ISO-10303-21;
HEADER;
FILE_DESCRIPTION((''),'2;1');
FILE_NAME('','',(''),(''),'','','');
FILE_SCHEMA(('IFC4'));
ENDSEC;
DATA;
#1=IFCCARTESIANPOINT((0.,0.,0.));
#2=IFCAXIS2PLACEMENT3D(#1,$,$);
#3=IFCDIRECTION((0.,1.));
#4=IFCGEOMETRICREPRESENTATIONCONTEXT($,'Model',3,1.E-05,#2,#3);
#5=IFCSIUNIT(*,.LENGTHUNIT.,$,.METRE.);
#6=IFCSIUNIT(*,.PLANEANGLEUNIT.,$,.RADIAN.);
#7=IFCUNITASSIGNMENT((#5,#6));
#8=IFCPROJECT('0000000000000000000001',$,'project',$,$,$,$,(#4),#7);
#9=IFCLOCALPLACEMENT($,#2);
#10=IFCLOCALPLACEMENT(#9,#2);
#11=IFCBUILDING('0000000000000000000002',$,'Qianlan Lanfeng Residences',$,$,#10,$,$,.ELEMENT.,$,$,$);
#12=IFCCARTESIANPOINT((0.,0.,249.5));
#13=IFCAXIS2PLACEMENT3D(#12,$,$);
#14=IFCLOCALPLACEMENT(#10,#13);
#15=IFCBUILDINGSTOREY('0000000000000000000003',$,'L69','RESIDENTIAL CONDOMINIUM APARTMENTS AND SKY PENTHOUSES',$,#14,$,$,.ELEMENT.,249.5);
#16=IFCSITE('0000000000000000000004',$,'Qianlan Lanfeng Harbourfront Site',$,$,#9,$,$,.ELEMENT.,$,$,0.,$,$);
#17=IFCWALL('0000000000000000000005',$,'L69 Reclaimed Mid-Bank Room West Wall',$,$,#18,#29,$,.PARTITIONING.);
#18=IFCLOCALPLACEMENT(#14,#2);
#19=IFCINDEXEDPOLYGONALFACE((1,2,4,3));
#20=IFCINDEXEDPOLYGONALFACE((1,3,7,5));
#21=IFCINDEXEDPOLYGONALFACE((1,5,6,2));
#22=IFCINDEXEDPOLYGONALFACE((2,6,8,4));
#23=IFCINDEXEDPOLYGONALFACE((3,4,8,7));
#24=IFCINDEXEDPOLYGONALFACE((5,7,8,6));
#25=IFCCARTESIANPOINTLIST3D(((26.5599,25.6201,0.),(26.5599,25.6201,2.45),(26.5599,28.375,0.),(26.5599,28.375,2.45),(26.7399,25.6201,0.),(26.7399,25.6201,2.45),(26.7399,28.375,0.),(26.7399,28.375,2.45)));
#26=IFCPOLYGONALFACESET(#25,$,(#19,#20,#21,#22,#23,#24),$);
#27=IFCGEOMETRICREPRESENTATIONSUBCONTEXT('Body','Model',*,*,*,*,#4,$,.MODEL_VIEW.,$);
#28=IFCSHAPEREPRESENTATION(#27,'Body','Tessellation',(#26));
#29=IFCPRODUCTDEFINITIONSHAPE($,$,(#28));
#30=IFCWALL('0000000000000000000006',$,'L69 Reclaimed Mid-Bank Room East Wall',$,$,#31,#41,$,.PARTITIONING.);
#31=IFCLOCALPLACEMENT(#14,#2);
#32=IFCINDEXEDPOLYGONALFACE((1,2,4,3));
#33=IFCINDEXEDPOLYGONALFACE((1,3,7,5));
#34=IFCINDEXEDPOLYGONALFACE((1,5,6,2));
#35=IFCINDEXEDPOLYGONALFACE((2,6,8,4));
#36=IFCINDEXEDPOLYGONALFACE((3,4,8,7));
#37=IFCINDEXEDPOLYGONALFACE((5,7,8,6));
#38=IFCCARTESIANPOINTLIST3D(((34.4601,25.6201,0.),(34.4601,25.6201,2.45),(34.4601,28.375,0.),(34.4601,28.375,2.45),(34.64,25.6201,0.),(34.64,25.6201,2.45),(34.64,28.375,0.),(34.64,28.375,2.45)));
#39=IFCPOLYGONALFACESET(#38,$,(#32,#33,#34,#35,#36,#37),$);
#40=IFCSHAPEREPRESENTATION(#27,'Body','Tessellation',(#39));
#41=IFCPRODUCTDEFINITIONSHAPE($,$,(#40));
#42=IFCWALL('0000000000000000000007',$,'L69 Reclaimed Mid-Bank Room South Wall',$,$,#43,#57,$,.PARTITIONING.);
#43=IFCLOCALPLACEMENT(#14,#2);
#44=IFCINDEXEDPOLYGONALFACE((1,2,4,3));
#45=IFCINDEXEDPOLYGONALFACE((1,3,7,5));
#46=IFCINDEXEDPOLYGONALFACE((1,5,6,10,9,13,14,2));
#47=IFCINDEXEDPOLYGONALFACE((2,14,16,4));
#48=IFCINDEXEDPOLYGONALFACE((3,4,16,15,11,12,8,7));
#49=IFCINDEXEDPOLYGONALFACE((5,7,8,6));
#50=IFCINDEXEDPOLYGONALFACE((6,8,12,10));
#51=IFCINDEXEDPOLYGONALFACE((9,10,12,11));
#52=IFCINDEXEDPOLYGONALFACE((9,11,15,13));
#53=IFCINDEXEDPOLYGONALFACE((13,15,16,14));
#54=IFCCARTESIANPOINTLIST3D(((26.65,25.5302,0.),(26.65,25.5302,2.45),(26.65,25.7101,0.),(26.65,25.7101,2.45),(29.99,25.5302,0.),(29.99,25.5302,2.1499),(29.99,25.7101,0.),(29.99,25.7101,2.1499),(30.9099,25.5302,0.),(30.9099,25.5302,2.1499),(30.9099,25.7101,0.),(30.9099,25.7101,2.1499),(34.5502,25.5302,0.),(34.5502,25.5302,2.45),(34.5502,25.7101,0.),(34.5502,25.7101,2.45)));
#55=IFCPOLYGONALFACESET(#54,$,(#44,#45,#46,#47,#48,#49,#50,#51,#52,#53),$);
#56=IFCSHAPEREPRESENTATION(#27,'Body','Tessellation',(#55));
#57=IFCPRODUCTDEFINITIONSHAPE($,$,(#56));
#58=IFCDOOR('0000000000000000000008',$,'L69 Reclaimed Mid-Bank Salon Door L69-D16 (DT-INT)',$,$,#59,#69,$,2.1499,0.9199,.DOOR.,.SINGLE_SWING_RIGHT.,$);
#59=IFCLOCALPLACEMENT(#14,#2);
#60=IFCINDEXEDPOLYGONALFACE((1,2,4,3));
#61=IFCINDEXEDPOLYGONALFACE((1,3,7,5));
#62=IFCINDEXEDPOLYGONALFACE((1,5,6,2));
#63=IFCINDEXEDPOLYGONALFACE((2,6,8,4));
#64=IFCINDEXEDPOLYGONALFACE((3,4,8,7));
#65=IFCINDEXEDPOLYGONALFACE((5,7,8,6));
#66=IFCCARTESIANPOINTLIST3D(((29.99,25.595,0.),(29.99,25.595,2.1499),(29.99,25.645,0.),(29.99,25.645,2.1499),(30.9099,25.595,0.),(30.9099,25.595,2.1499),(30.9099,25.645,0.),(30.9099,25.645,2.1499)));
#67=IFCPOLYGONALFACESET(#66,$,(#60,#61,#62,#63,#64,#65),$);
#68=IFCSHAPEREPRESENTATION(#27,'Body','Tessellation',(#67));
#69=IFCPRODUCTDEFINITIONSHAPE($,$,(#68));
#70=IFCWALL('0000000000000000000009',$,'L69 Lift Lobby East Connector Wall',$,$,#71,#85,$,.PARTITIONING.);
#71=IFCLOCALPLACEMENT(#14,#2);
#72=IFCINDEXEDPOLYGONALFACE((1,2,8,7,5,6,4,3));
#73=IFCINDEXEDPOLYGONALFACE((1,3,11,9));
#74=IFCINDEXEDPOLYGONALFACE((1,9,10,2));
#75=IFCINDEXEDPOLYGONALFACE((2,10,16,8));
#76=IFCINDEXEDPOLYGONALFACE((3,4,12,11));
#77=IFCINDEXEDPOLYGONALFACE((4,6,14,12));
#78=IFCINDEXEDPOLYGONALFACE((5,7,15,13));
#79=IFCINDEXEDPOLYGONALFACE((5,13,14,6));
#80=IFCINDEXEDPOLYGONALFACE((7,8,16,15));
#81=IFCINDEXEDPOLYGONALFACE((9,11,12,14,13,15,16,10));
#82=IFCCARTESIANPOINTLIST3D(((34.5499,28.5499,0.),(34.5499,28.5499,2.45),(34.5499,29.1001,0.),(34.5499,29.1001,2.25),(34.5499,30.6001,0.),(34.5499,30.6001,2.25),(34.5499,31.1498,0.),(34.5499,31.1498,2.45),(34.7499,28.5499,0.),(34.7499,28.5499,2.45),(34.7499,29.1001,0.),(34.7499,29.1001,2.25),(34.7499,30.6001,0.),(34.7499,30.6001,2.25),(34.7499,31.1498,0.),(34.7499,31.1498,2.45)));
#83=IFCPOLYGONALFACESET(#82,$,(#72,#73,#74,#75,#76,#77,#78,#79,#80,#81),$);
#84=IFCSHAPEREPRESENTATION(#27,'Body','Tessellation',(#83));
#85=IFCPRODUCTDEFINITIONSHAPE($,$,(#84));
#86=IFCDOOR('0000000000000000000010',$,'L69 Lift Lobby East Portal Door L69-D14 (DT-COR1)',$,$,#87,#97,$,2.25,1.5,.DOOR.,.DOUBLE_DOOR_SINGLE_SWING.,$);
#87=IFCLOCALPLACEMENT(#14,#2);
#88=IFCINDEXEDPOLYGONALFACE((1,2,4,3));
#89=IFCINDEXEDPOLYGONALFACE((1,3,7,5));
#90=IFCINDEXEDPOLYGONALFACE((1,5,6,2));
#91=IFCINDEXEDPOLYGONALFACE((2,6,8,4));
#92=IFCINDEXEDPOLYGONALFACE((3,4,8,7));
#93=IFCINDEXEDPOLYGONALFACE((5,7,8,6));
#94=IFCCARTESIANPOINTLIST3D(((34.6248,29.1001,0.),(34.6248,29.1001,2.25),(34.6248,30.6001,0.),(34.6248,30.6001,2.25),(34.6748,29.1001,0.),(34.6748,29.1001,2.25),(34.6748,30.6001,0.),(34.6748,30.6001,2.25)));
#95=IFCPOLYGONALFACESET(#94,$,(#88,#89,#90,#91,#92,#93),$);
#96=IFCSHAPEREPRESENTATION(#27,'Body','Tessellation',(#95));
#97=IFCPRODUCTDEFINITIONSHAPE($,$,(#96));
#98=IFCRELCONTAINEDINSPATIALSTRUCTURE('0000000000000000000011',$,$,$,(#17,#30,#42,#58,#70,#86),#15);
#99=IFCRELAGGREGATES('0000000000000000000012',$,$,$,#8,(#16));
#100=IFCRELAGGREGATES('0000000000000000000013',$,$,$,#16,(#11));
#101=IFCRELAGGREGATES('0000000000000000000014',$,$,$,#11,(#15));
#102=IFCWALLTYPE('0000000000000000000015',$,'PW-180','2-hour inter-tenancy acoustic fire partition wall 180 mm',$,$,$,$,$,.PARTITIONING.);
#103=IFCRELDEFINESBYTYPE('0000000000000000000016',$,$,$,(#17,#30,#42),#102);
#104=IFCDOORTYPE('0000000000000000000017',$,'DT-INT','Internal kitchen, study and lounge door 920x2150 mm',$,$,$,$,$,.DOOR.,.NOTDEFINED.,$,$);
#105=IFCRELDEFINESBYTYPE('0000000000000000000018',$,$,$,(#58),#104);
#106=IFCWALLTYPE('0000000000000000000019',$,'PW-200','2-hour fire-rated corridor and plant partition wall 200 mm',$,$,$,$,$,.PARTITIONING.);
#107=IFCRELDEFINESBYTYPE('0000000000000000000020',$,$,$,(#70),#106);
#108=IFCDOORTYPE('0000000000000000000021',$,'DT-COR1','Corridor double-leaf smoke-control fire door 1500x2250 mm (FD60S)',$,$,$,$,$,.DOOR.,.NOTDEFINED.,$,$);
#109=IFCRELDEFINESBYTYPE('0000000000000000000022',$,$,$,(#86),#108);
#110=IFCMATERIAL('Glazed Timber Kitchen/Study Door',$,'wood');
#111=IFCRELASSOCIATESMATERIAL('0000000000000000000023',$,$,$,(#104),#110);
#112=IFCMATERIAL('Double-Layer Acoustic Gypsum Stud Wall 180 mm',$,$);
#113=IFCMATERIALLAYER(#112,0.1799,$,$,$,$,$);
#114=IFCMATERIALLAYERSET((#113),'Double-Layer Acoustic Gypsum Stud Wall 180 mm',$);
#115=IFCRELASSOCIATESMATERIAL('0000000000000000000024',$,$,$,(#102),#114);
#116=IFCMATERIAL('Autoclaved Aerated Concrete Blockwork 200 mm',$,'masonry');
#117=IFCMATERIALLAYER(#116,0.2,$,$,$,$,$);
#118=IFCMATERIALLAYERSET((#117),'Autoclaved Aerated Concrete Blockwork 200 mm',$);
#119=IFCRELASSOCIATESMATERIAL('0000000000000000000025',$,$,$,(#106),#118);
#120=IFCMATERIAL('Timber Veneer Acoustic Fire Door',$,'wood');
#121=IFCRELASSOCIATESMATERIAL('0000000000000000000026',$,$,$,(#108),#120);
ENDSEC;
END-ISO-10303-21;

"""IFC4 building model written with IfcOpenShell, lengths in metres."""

from ifc_helpers import new_model, si_unit, direction, frame, frame_2d, origin, place, context, subcontext, project, spatial, rectangle, extrude, material, layer, layer_set, type_object, element, fill, save


model = new_model("IFC4")

# Units and contexts
model_context = context("Model", 3, precision=1e-05, world=origin(), true_north=direction((0.0, 1.0)))
body_context = subcontext(model_context, "Body", "Model", "MODEL_VIEW")
ifc_project = project(units=[si_unit("LENGTHUNIT", "METRE"), si_unit("PLANEANGLEUNIT", "RADIAN")], contexts=[model_context])

# Site, building, storey
site_placement = place(None, origin())
site = spatial("IfcSite", under=ifc_project, at=site_placement, Name="Qianlan Lanfeng Harbourfront Site", CompositionType="ELEMENT", RefElevation=0.0)
building_placement = place(site_placement, origin())
building = spatial("IfcBuilding", under=site, at=building_placement, Name="Qianlan Lanfeng Residences", CompositionType="ELEMENT")
storey_placement = place(building_placement, frame((0.0, 0.0, 249.5)))
storey = spatial("IfcBuildingStorey", under=building, at=storey_placement, Name="L69", Description="RESIDENTIAL CONDOMINIUM APARTMENTS AND SKY PENTHOUSES", CompositionType="ELEMENT", Elevation=249.5)

# Shared definitions
ifc_material_1 = material(Name="Glazed Timber Kitchen/Study Door", Category="wood")
door_type_1 = type_object("IfcDoorType", Name="DT-INT", Description="Internal kitchen, study and lounge door 920x2150 mm", OperationType="NOTDEFINED", PredefinedType="DOOR", material=ifc_material_1)

# Walls
ifc_material_2 = material(Name="Double-Layer Acoustic Gypsum Stud Wall 180 mm")
ifc_layer_1 = layer(ifc_material_2, 0.1799)
ifc_layer_set_1 = layer_set([ifc_layer_1], Name="Double-Layer Acoustic Gypsum Stud Wall 180 mm")
wall_type_1 = type_object("IfcWallType", Name="PW-180", Description="2-hour inter-tenancy acoustic fire partition wall 180 mm", PredefinedType="PARTITIONING", material=ifc_layer_set_1)
for number, where, z_axis, x_axis, name in (
    (1, (26.6499, 25.6201, 0.0), (0.0, 0.0, 1.0), (0.0, 1.0, 0.0), "L69 Reclaimed Mid-Bank Room West Wall"),
    (2, (34.55, 25.6201, 0.0), (0.0, 0.0, 1.0), (0.0, 1.0, 0.0), "L69 Reclaimed Mid-Bank Room East Wall"),
):
    element("IfcWall", number, at=place(storey_placement, frame(where, z_axis=z_axis, x_axis=x_axis)), inside=storey, type_object=wall_type_1, Name=name, PredefinedType="PARTITIONING", context=body_context, shape_type="SweptSolid", body=[
        extrude(rectangle(XDim=2.7549, YDim=0.1799, at=frame_2d((1.3774, 0.0))), origin(), (0.0, 0.0, 1.0), 2.45),
    ])

# Walls, openings, doors
wall_1_placement = place(storey_placement, frame((26.6499, 25.6201, 0.0), z_axis=(0.0, 0.0, 1.0), x_axis=(1.0, 0.0, 0.0)))
wall_1 = element("IfcWall", 3, at=wall_1_placement, inside=storey, type_object=wall_type_1, Name="L69 Reclaimed Mid-Bank Room South Wall", PredefinedType="PARTITIONING", context=body_context, shape_type="SweptSolid", body=[
    extrude(rectangle(XDim=7.9001, YDim=0.1799, at=frame_2d((3.9502, 0.0))), origin(), (0.0, 0.0, 1.0), 2.45),
])
opening_1_placement = place(wall_1_placement, frame((3.3401, 0.0, 0.0)))
opening_1 = element("IfcOpeningElement", 4, at=opening_1_placement, cuts=wall_1, PredefinedType="OPENING", context=body_context, shape_type="SweptSolid", body=[
    extrude(rectangle(XDim=0.9199, YDim=2.1499, at=frame_2d((0.46, 1.075))), frame((0.0, 0.1001, 0.0), z_axis=(0.0, -1.0, 0.0), x_axis=(1.0, 0.0, 0.0)), (0.0, 0.0, 1.0), 0.2),
])
door_1_placement = place(opening_1_placement, origin())
door_1 = element("IfcDoor", 5, at=door_1_placement, inside=storey, type_object=door_type_1, Name="L69 Reclaimed Mid-Bank Salon Door L69-D16 (DT-INT)", OperationType="SINGLE_SWING_RIGHT", OverallHeight=2.1499, OverallWidth=0.9199, PredefinedType="DOOR", context=body_context, shape_type="SweptSolid", body=[
    extrude(rectangle(XDim=0.9199, YDim=2.1499, at=frame_2d((0.46, 1.075))), frame((0.0, 0.0249, 0.0), z_axis=(0.0, -1.0, 0.0), x_axis=(1.0, 0.0, 0.0)), (0.0, 0.0, 1.0), 0.05),
])
fill(opening_1, door_1)
ifc_material_3 = material(Name="Autoclaved Aerated Concrete Blockwork 200 mm", Category="masonry")
ifc_layer_2 = layer(ifc_material_3, 0.2)
ifc_layer_set_2 = layer_set([ifc_layer_2], Name="Autoclaved Aerated Concrete Blockwork 200 mm")
wall_type_2 = type_object("IfcWallType", Name="PW-200", Description="2-hour fire-rated corridor and plant partition wall 200 mm", PredefinedType="PARTITIONING", material=ifc_layer_set_2)
wall_2_placement = place(storey_placement, frame((34.6499, 28.55, 0.0), z_axis=(0.0, 0.0, 1.0), x_axis=(0.0, 1.0, 0.0)))
wall_2 = element("IfcWall", 6, at=wall_2_placement, inside=storey, type_object=wall_type_2, Name="L69 Lift Lobby East Connector Wall", PredefinedType="PARTITIONING", context=body_context, shape_type="SweptSolid", body=[
    extrude(rectangle(XDim=2.5999, YDim=0.2, at=frame_2d((1.2998, 0.0))), origin(), (0.0, 0.0, 1.0), 2.45),
])
opening_2_placement = place(wall_2_placement, frame((0.55, 0.0, 0.0)))
opening_2 = element("IfcOpeningElement", 7, at=opening_2_placement, cuts=wall_2, PredefinedType="OPENING", context=body_context, shape_type="SweptSolid", body=[
    extrude(rectangle(XDim=1.5, YDim=2.25, at=frame_2d((0.75, 1.125))), frame((0.0, 0.1099, 0.0), z_axis=(0.0, -1.0, 0.0), x_axis=(1.0, 0.0, 0.0)), (0.0, 0.0, 1.0), 0.22),
])
ifc_material_4 = material(Name="Timber Veneer Acoustic Fire Door", Category="wood")
door_type_2 = type_object("IfcDoorType", Name="DT-COR1", Description="Corridor double-leaf smoke-control fire door 1500x2250 mm (FD60S)", OperationType="NOTDEFINED", PredefinedType="DOOR", material=ifc_material_4)
door_2_placement = place(opening_2_placement, frame((1.5, 0.0, 0.0), z_axis=(0.0, 0.0, 1.0), x_axis=(-1.0, 0.0, 0.0)))
door_2 = element("IfcDoor", 8, at=door_2_placement, inside=storey, type_object=door_type_2, Name="L69 Lift Lobby East Portal Door L69-D14 (DT-COR1)", OperationType="DOUBLE_DOOR_SINGLE_SWING", OverallHeight=2.25, OverallWidth=1.5, PredefinedType="DOOR", context=body_context, shape_type="SweptSolid", body=[
    extrude(rectangle(XDim=1.5, YDim=2.25, at=frame_2d((0.75, 1.125))), frame((0.0, 0.0249, 0.0), z_axis=(0.0, -1.0, 0.0), x_axis=(1.0, 0.0, 0.0)), (0.0, 0.0, 1.0), 0.05),
])
fill(opening_2, door_2)

save(model, "model.ifc")
